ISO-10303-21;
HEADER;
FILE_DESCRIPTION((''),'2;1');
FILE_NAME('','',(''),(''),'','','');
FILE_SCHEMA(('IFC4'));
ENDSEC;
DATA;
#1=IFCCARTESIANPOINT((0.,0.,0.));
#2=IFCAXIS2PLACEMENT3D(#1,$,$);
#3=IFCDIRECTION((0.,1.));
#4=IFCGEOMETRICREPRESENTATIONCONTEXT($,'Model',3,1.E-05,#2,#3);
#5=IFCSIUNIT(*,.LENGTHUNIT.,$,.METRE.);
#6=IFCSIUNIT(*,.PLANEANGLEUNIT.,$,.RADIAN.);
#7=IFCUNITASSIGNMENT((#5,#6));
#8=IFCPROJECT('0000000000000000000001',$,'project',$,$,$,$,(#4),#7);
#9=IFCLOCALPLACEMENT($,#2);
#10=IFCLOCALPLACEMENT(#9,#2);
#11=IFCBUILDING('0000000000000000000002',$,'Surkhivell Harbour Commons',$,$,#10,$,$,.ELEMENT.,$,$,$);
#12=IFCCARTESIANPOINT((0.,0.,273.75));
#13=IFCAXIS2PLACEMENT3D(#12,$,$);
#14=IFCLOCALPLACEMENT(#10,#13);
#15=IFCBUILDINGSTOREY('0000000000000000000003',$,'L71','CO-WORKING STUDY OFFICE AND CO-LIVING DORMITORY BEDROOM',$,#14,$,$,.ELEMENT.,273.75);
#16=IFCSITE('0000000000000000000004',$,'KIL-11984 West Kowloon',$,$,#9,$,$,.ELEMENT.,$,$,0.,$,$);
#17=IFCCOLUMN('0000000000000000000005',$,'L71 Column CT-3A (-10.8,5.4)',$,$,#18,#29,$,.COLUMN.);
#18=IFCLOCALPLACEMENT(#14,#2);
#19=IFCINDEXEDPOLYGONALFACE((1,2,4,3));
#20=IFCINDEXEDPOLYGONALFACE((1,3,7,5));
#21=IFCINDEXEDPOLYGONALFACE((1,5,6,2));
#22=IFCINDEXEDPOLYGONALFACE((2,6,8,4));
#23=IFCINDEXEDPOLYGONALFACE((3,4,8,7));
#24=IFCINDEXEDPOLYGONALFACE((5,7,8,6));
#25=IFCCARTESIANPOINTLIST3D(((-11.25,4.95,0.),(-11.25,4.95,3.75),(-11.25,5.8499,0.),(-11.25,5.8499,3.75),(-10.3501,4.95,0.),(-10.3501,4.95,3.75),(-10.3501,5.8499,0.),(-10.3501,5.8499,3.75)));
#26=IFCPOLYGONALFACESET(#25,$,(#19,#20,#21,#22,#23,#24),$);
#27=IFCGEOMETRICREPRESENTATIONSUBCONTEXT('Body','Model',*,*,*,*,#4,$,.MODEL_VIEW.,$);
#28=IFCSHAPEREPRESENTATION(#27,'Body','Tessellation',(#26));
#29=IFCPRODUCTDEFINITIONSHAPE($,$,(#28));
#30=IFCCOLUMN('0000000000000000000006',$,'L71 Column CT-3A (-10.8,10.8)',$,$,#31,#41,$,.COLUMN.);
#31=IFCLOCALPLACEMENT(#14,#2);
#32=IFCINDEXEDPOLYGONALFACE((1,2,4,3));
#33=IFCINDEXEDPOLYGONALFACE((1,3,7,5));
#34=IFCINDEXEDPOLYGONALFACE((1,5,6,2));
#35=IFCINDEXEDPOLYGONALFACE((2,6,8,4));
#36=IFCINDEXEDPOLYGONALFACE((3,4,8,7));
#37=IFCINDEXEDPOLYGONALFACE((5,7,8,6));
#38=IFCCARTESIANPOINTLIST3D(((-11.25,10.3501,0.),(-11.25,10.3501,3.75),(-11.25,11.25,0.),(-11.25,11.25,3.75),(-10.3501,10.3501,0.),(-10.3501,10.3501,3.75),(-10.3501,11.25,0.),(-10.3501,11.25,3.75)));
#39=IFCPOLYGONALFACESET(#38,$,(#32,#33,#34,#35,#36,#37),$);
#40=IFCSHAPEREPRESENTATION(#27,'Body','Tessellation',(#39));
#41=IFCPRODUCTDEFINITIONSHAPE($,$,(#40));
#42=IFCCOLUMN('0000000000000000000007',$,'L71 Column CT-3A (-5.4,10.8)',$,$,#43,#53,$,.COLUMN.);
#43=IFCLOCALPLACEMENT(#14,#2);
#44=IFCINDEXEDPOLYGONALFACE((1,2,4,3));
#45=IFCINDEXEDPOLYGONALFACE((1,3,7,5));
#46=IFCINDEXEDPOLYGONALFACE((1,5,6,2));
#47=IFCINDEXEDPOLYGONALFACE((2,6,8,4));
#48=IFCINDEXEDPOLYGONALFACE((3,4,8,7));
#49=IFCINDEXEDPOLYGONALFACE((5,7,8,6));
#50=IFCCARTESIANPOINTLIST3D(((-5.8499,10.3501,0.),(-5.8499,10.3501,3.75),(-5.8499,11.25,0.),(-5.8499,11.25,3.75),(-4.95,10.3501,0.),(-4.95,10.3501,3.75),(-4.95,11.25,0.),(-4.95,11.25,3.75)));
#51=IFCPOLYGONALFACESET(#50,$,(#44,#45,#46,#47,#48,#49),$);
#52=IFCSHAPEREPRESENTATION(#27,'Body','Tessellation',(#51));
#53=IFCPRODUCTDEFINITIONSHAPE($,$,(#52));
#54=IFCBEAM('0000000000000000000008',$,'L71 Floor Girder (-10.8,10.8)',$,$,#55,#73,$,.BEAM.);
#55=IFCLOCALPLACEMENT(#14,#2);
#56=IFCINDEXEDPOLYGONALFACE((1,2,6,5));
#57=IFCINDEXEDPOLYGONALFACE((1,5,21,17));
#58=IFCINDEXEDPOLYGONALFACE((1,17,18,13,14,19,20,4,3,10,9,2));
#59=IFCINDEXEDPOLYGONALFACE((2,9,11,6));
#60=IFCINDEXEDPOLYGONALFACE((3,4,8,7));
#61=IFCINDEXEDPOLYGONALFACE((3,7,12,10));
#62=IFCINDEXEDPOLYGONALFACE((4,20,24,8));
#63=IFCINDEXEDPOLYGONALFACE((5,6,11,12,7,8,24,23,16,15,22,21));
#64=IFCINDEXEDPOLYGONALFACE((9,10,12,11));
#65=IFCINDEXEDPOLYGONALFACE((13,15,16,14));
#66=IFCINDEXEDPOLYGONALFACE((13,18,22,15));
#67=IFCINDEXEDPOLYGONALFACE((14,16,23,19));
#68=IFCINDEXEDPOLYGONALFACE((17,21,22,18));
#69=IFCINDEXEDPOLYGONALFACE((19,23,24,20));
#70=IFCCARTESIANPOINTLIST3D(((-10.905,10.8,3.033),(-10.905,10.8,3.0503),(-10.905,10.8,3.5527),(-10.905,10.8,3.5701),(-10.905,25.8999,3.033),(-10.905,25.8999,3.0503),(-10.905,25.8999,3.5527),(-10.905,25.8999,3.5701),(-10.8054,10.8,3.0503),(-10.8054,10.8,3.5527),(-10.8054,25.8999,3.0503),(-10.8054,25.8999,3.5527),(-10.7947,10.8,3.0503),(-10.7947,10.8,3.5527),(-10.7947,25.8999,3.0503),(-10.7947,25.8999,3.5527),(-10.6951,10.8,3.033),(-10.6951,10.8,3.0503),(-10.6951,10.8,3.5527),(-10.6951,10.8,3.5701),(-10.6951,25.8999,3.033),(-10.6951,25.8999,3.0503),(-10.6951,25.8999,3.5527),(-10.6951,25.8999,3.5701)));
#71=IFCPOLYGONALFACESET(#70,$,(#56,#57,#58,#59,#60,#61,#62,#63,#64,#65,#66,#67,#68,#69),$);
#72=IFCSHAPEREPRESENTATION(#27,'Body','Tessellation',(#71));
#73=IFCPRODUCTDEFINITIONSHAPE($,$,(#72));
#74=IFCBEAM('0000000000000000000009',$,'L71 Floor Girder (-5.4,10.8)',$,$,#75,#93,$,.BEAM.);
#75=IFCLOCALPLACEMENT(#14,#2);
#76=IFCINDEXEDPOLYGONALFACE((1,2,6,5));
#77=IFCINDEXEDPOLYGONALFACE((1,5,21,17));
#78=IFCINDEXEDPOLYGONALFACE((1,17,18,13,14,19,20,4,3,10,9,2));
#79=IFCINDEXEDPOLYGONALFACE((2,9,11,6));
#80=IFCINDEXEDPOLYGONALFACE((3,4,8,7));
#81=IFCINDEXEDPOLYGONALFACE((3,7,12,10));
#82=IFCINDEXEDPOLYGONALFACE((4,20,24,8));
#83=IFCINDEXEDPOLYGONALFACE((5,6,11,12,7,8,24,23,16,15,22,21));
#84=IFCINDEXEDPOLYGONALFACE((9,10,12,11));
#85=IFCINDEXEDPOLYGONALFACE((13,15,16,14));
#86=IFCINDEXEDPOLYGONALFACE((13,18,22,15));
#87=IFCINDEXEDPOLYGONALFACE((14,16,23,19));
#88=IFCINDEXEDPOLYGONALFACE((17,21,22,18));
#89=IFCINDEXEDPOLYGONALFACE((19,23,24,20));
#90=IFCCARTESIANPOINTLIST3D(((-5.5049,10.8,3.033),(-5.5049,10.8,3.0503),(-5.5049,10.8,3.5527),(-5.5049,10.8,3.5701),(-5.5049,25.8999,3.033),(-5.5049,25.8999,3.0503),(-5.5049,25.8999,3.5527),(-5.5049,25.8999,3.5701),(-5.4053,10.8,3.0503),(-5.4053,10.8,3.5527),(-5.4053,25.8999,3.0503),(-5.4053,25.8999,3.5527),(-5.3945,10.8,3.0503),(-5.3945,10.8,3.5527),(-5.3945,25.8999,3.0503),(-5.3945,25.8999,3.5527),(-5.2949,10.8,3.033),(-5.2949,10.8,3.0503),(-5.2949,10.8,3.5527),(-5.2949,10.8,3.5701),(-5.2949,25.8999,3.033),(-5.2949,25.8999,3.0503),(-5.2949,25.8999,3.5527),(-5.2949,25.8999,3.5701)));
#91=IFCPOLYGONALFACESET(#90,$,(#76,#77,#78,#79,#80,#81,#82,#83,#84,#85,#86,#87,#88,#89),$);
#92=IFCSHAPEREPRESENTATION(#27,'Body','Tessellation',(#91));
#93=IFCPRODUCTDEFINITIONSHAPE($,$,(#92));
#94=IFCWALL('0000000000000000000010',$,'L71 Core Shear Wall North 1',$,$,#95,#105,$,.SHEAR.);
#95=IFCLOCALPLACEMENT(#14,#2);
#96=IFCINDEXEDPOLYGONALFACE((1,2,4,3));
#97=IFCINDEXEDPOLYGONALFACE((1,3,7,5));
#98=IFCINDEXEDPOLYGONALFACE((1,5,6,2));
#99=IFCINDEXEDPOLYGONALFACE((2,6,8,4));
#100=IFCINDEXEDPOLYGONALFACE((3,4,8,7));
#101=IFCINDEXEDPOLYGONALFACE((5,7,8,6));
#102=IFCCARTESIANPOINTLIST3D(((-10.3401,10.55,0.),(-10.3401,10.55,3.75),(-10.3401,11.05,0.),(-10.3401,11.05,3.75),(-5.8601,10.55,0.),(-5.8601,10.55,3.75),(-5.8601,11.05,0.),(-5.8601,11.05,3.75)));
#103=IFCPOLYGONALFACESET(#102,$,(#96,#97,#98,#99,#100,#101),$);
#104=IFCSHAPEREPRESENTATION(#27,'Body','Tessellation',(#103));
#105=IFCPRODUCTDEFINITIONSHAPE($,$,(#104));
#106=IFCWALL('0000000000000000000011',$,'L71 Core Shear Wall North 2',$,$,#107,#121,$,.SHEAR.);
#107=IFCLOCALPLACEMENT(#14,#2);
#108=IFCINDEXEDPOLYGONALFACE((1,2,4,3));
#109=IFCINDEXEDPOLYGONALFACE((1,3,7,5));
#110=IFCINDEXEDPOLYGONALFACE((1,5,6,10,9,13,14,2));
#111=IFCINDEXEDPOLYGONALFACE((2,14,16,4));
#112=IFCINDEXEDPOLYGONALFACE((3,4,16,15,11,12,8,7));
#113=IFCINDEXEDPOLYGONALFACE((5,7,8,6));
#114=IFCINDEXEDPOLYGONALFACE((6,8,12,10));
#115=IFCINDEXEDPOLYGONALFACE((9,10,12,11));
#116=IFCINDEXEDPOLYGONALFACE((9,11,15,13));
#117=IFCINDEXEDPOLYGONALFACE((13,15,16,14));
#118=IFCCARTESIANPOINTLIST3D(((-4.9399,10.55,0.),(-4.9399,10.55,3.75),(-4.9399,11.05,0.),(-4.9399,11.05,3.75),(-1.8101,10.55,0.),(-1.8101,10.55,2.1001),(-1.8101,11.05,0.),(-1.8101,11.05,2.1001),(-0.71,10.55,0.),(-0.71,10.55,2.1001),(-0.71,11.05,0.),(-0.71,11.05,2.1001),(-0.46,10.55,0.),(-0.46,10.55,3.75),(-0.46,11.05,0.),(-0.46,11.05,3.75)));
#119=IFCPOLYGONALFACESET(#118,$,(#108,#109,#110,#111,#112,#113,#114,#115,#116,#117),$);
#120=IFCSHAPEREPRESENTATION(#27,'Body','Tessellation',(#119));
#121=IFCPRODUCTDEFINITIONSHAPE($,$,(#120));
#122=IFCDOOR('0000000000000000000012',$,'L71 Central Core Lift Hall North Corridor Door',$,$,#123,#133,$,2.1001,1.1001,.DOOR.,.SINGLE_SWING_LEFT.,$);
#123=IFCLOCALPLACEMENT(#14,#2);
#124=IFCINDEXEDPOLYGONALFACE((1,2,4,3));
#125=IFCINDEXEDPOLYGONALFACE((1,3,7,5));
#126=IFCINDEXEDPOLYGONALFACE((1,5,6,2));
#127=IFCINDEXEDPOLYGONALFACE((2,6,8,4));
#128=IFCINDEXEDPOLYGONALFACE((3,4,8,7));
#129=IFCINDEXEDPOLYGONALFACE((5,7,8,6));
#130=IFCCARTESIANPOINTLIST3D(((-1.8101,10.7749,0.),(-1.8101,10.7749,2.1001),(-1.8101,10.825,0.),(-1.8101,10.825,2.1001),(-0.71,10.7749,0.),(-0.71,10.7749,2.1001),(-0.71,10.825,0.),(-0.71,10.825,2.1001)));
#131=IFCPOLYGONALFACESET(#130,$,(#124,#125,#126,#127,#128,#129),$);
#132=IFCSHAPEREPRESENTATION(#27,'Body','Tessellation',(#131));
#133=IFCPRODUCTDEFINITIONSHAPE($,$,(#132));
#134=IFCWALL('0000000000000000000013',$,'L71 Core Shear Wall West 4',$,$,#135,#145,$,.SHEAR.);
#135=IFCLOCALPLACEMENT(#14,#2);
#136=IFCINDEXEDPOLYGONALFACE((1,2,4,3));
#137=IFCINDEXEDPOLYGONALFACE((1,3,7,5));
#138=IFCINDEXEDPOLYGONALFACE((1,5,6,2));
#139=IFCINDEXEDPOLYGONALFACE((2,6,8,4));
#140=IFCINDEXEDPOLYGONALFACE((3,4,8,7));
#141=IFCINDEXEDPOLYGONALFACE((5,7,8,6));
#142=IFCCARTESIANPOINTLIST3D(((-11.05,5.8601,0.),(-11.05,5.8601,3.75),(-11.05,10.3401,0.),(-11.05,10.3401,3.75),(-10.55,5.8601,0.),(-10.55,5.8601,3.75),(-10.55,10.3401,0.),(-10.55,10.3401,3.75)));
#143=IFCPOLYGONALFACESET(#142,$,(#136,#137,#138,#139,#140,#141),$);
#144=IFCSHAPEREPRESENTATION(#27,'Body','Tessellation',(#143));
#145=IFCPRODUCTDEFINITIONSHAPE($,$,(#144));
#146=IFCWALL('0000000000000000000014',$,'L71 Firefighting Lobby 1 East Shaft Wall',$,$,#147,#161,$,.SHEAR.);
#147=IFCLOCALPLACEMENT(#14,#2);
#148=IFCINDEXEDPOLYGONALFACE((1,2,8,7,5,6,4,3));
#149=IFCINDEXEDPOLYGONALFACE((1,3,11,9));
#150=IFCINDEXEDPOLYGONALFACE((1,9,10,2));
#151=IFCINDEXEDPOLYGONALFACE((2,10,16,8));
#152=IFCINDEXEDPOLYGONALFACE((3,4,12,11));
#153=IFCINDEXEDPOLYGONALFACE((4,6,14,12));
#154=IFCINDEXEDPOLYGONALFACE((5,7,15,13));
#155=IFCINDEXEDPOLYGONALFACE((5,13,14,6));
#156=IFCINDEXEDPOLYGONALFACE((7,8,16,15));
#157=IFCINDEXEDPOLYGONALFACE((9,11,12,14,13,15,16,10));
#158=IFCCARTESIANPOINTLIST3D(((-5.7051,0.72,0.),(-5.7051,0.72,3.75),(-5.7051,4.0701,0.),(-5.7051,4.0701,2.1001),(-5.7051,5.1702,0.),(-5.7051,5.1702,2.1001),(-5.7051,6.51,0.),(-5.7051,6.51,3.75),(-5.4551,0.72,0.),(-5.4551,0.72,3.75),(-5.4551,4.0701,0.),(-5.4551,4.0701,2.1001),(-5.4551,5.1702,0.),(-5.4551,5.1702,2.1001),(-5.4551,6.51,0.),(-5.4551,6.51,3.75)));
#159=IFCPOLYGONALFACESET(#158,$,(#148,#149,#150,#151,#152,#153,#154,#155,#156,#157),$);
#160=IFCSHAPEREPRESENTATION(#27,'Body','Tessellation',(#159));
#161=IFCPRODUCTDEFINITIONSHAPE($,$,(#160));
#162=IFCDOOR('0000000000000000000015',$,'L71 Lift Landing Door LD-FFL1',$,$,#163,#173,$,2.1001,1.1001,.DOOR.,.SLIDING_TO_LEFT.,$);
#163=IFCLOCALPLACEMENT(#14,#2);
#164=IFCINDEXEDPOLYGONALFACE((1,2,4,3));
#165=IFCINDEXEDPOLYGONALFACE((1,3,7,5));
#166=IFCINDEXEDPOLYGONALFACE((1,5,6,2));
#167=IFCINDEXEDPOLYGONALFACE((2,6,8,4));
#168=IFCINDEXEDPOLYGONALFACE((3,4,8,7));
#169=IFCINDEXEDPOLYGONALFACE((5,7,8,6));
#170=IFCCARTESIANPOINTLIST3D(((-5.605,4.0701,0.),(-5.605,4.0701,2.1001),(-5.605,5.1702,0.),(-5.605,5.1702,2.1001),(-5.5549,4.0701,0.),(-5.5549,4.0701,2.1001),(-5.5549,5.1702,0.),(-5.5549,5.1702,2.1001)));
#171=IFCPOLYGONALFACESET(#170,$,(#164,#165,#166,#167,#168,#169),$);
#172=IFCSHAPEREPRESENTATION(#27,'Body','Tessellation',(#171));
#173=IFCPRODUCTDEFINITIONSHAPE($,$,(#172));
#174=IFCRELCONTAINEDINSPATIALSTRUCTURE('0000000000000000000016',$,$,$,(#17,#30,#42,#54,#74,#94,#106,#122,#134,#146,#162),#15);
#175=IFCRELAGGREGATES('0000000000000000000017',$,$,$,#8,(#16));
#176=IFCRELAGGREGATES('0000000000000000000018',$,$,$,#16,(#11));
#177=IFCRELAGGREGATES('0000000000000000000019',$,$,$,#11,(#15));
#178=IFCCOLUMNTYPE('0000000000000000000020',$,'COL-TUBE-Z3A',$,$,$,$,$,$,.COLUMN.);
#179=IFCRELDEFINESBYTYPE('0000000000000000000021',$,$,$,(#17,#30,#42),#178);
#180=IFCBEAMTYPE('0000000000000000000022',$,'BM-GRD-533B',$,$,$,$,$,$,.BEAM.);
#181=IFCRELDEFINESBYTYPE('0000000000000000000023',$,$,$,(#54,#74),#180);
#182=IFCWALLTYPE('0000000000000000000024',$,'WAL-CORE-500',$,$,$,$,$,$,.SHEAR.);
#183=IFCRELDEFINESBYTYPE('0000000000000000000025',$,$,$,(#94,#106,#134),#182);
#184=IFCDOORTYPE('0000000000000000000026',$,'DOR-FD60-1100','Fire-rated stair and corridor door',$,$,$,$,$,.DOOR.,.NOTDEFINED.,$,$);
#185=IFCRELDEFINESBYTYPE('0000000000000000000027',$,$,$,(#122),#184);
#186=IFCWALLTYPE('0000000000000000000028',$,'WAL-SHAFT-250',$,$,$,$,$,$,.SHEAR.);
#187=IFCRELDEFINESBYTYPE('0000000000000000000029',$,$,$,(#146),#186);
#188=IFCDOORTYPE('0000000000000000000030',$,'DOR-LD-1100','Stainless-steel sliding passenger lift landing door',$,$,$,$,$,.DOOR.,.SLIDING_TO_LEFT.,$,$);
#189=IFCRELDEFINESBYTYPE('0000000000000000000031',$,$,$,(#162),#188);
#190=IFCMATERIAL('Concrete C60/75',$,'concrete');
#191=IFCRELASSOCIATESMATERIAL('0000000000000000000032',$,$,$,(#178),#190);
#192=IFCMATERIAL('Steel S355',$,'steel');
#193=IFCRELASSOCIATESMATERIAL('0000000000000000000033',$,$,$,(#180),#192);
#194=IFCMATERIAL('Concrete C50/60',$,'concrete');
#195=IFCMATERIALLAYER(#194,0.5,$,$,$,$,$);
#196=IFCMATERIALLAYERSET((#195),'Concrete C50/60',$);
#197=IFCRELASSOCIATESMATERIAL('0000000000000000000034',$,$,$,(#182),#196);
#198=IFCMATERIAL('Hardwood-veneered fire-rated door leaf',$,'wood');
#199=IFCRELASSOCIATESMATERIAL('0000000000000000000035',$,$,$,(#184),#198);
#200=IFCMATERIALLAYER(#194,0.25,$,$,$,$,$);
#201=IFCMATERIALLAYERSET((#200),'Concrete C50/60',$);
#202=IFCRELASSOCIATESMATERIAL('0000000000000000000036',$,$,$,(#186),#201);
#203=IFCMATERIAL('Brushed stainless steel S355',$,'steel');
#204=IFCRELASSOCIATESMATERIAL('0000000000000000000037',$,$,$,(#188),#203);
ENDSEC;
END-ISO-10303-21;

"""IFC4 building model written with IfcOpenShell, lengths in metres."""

from ifc_helpers import new_model, si_unit, direction, frame, frame_2d, origin, origin_2d, place, context, subcontext, project, spatial, rectangle, i_section, extrude, material, layer, layer_set, material_profile, profile_set, type_object, element, fill, save


model = new_model("IFC4")

# Units and contexts
model_context = context("Model", 3, precision=1e-05, world=origin(), true_north=direction((0.0, 1.0)))
body_context = subcontext(model_context, "Body", "Model", "MODEL_VIEW")
ifc_project = project(units=[si_unit("LENGTHUNIT", "METRE"), si_unit("PLANEANGLEUNIT", "RADIAN")], contexts=[model_context])

# Site, building, storey
site_placement = place(None, origin())
site = spatial("IfcSite", under=ifc_project, at=site_placement, Name="KIL-11984 West Kowloon", CompositionType="ELEMENT", RefElevation=0.0)
building_placement = place(site_placement, origin())
building = spatial("IfcBuilding", under=site, at=building_placement, Name="Surkhivell Harbour Commons", CompositionType="ELEMENT")
storey_placement = place(building_placement, frame((0.0, 0.0, 273.75)))
storey = spatial("IfcBuildingStorey", under=building, at=storey_placement, Name="L71", Description="CO-WORKING STUDY OFFICE AND CO-LIVING DORMITORY BEDROOM", CompositionType="ELEMENT", Elevation=273.75)

# Columns
ifc_material_1 = material(Name="Concrete C60/75", Category="concrete")
ifc_material_profile_1 = material_profile(ifc_material_1, rectangle(XDim=0.8999, YDim=0.8999, at=origin_2d()), Name="RC-COL-900x900")
ifc_profile_set_1 = profile_set([ifc_material_profile_1], Name="Concrete C60/75")
column_type = type_object("IfcColumnType", Name="COL-TUBE-Z3A", PredefinedType="COLUMN", material=ifc_profile_set_1)
for number, where, z_axis, x_axis, name in (
    (1, (-10.8, 5.3999, 0.0), (0.0, 0.0, 1.0), (1.0, 0.0, 0.0), "L71 Column CT-3A (-10.8,5.4)"),
    (2, (-10.8, 10.8, 0.0), (0.0, 0.0, 1.0), (1.0, 0.0, 0.0), "L71 Column CT-3A (-10.8,10.8)"),
    (3, (-5.3999, 10.8, 0.0), (0.0, 0.0, 1.0), (1.0, 0.0, 0.0), "L71 Column CT-3A (-5.4,10.8)"),
):
    element("IfcColumn", number, at=place(storey_placement, frame(where, z_axis=z_axis, x_axis=x_axis)), inside=storey, type_object=column_type, Name=name, PredefinedType="COLUMN", context=body_context, shape_type="SweptSolid", body=[
        extrude(rectangle(XDim=0.8999, YDim=0.8999, at=origin_2d()), origin(), (0.0, 0.0, 1.0), 3.75),
    ])

# Beams
ifc_material_2 = material(Name="Steel S355", Category="steel")
ifc_material_profile_2 = material_profile(ifc_material_2, i_section(OverallWidth=0.21, OverallDepth=0.5371, WebThickness=0.0107, FlangeThickness=0.0173, at=origin_2d()), Name="UB533x210x101")
ifc_profile_set_2 = profile_set([ifc_material_profile_2], Name="Steel S355")
beam_type = type_object("IfcBeamType", Name="BM-GRD-533B", PredefinedType="BEAM", material=ifc_profile_set_2)
for number, where, z_axis, x_axis, name in (
    (4, (-10.8, 10.8, 3.3015), (0.0, 1.0, 0.0), (-1.0, 0.0, 0.0), "L71 Floor Girder (-10.8,10.8)"),
    (5, (-5.3999, 10.8, 3.3015), (0.0, 1.0, 0.0), (-1.0, 0.0, 0.0), "L71 Floor Girder (-5.4,10.8)"),
):
    element("IfcBeam", number, at=place(storey_placement, frame(where, z_axis=z_axis, x_axis=x_axis)), inside=storey, type_object=beam_type, Name=name, PredefinedType="BEAM", context=body_context, shape_type="SweptSolid", body=[
        extrude(i_section(OverallWidth=0.21, OverallDepth=0.5371, WebThickness=0.0107, FlangeThickness=0.0173, at=origin_2d()), origin(), (0.0, 0.0, 1.0), 15.0999),
    ])

# Wall
ifc_material_3 = material(Name="Concrete C50/60", Category="concrete")
ifc_layer_1 = layer(ifc_material_3, 0.5)
ifc_layer_set_1 = layer_set([ifc_layer_1], Name="Concrete C50/60")
wall_type_1 = type_object("IfcWallType", Name="WAL-CORE-500", PredefinedType="SHEAR", material=ifc_layer_set_1)
wall_1_placement = place(storey_placement, frame((-10.3401, 10.8, 0.0), z_axis=(0.0, 0.0, 1.0), x_axis=(1.0, 0.0, 0.0)))
element("IfcWall", 6, at=wall_1_placement, inside=storey, type_object=wall_type_1, Name="L71 Core Shear Wall North 1", PredefinedType="SHEAR", context=body_context, shape_type="SweptSolid", body=[
    extrude(rectangle(XDim=4.48, YDim=0.5, at=frame_2d((2.24, 0.0))), origin(), (0.0, 0.0, 1.0), 3.75),
])

# Wall, opening, door
wall_2_placement = place(storey_placement, frame((-4.9399, 10.8, 0.0), z_axis=(0.0, 0.0, 1.0), x_axis=(1.0, 0.0, 0.0)))
wall_2 = element("IfcWall", 7, at=wall_2_placement, inside=storey, type_object=wall_type_1, Name="L71 Core Shear Wall North 2", PredefinedType="SHEAR", context=body_context, shape_type="SweptSolid", body=[
    extrude(rectangle(XDim=4.48, YDim=0.5, at=frame_2d((2.24, 0.0))), origin(), (0.0, 0.0, 1.0), 3.75),
])
opening_1_placement = place(wall_2_placement, frame((3.1299, 0.0, 0.0)))
opening_1 = element("IfcOpeningElement", 8, at=opening_1_placement, cuts=wall_2, PredefinedType="OPENING", context=body_context, shape_type="SweptSolid", body=[
    extrude(rectangle(XDim=1.1001, YDim=2.1001, at=frame_2d((0.55, 1.05))), frame((0.0, 0.26, 0.0), z_axis=(0.0, -1.0, 0.0), x_axis=(1.0, 0.0, 0.0)), (0.0, 0.0, 1.0), 0.52),
])
ifc_material_4 = material(Name="Hardwood-veneered fire-rated door leaf", Category="wood")
door_type_1 = type_object("IfcDoorType", Name="DOR-FD60-1100", Description="Fire-rated stair and corridor door", OperationType="NOTDEFINED", PredefinedType="DOOR", material=ifc_material_4)
door_1_placement = place(opening_1_placement, origin())
door_1 = element("IfcDoor", 9, at=door_1_placement, inside=storey, type_object=door_type_1, Name="L71 Central Core Lift Hall North Corridor Door", OperationType="SINGLE_SWING_LEFT", OverallHeight=2.1001, OverallWidth=1.1001, PredefinedType="DOOR", context=body_context, shape_type="SweptSolid", body=[
    extrude(rectangle(XDim=1.1001, YDim=2.1001, at=frame_2d((0.55, 1.05))), frame((0.0, 0.0249, 0.0), z_axis=(0.0, -1.0, 0.0), x_axis=(1.0, 0.0, 0.0)), (0.0, 0.0, 1.0), 0.05),
])
fill(opening_1, door_1)

# Wall
wall_3_placement = place(storey_placement, frame((-10.8, 5.8601, 0.0), z_axis=(0.0, 0.0, 1.0), x_axis=(0.0, 1.0, 0.0)))
element("IfcWall", 10, at=wall_3_placement, inside=storey, type_object=wall_type_1, Name="L71 Core Shear Wall West 4", PredefinedType="SHEAR", context=body_context, shape_type="SweptSolid", body=[
    extrude(rectangle(XDim=4.48, YDim=0.5, at=frame_2d((2.24, 0.0))), origin(), (0.0, 0.0, 1.0), 3.75),
])

# Wall, opening, door
ifc_layer_2 = layer(ifc_material_3, 0.25)
ifc_layer_set_2 = layer_set([ifc_layer_2], Name="Concrete C50/60")
wall_type_2 = type_object("IfcWallType", Name="WAL-SHAFT-250", PredefinedType="SHEAR", material=ifc_layer_set_2)
wall_4_placement = place(storey_placement, frame((-5.5801, 0.72, 0.0), z_axis=(0.0, 0.0, 1.0), x_axis=(0.0, 1.0, 0.0)))
wall_4 = element("IfcWall", 11, at=wall_4_placement, inside=storey, type_object=wall_type_2, Name="L71 Firefighting Lobby 1 East Shaft Wall", PredefinedType="SHEAR", context=body_context, shape_type="SweptSolid", body=[
    extrude(rectangle(XDim=5.79, YDim=0.25, at=frame_2d((2.895, 0.0))), origin(), (0.0, 0.0, 1.0), 3.75),
])
opening_2_placement = place(wall_4_placement, frame((3.3501, 0.0, 0.0)))
opening_2 = element("IfcOpeningElement", 12, at=opening_2_placement, cuts=wall_4, PredefinedType="OPENING", context=body_context, shape_type="SweptSolid", body=[
    extrude(rectangle(XDim=1.1001, YDim=2.1001, at=frame_2d((0.55, 1.05))), frame((0.0, 0.135, 0.0), z_axis=(0.0, -1.0, 0.0), x_axis=(1.0, 0.0, 0.0)), (0.0, 0.0, 1.0), 0.27),
])
ifc_material_5 = material(Name="Brushed stainless steel S355", Category="steel")
door_type_2 = type_object("IfcDoorType", Name="DOR-LD-1100", Description="Stainless-steel sliding passenger lift landing door", OperationType="SLIDING_TO_LEFT", PredefinedType="DOOR", material=ifc_material_5)
door_2_placement = place(opening_2_placement, origin())
door_2 = element("IfcDoor", 13, at=door_2_placement, inside=storey, type_object=door_type_2, Name="L71 Lift Landing Door LD-FFL1", OperationType="SLIDING_TO_LEFT", OverallHeight=2.1001, OverallWidth=1.1001, PredefinedType="DOOR", context=body_context, shape_type="SweptSolid", body=[
    extrude(rectangle(XDim=1.1001, YDim=2.1001, at=frame_2d((0.55, 1.05))), frame((0.0, 0.0249, 0.0), z_axis=(0.0, -1.0, 0.0), x_axis=(1.0, 0.0, 0.0)), (0.0, 0.0, 1.0), 0.05),
])
fill(opening_2, door_2)

save(model, "model.ifc")
